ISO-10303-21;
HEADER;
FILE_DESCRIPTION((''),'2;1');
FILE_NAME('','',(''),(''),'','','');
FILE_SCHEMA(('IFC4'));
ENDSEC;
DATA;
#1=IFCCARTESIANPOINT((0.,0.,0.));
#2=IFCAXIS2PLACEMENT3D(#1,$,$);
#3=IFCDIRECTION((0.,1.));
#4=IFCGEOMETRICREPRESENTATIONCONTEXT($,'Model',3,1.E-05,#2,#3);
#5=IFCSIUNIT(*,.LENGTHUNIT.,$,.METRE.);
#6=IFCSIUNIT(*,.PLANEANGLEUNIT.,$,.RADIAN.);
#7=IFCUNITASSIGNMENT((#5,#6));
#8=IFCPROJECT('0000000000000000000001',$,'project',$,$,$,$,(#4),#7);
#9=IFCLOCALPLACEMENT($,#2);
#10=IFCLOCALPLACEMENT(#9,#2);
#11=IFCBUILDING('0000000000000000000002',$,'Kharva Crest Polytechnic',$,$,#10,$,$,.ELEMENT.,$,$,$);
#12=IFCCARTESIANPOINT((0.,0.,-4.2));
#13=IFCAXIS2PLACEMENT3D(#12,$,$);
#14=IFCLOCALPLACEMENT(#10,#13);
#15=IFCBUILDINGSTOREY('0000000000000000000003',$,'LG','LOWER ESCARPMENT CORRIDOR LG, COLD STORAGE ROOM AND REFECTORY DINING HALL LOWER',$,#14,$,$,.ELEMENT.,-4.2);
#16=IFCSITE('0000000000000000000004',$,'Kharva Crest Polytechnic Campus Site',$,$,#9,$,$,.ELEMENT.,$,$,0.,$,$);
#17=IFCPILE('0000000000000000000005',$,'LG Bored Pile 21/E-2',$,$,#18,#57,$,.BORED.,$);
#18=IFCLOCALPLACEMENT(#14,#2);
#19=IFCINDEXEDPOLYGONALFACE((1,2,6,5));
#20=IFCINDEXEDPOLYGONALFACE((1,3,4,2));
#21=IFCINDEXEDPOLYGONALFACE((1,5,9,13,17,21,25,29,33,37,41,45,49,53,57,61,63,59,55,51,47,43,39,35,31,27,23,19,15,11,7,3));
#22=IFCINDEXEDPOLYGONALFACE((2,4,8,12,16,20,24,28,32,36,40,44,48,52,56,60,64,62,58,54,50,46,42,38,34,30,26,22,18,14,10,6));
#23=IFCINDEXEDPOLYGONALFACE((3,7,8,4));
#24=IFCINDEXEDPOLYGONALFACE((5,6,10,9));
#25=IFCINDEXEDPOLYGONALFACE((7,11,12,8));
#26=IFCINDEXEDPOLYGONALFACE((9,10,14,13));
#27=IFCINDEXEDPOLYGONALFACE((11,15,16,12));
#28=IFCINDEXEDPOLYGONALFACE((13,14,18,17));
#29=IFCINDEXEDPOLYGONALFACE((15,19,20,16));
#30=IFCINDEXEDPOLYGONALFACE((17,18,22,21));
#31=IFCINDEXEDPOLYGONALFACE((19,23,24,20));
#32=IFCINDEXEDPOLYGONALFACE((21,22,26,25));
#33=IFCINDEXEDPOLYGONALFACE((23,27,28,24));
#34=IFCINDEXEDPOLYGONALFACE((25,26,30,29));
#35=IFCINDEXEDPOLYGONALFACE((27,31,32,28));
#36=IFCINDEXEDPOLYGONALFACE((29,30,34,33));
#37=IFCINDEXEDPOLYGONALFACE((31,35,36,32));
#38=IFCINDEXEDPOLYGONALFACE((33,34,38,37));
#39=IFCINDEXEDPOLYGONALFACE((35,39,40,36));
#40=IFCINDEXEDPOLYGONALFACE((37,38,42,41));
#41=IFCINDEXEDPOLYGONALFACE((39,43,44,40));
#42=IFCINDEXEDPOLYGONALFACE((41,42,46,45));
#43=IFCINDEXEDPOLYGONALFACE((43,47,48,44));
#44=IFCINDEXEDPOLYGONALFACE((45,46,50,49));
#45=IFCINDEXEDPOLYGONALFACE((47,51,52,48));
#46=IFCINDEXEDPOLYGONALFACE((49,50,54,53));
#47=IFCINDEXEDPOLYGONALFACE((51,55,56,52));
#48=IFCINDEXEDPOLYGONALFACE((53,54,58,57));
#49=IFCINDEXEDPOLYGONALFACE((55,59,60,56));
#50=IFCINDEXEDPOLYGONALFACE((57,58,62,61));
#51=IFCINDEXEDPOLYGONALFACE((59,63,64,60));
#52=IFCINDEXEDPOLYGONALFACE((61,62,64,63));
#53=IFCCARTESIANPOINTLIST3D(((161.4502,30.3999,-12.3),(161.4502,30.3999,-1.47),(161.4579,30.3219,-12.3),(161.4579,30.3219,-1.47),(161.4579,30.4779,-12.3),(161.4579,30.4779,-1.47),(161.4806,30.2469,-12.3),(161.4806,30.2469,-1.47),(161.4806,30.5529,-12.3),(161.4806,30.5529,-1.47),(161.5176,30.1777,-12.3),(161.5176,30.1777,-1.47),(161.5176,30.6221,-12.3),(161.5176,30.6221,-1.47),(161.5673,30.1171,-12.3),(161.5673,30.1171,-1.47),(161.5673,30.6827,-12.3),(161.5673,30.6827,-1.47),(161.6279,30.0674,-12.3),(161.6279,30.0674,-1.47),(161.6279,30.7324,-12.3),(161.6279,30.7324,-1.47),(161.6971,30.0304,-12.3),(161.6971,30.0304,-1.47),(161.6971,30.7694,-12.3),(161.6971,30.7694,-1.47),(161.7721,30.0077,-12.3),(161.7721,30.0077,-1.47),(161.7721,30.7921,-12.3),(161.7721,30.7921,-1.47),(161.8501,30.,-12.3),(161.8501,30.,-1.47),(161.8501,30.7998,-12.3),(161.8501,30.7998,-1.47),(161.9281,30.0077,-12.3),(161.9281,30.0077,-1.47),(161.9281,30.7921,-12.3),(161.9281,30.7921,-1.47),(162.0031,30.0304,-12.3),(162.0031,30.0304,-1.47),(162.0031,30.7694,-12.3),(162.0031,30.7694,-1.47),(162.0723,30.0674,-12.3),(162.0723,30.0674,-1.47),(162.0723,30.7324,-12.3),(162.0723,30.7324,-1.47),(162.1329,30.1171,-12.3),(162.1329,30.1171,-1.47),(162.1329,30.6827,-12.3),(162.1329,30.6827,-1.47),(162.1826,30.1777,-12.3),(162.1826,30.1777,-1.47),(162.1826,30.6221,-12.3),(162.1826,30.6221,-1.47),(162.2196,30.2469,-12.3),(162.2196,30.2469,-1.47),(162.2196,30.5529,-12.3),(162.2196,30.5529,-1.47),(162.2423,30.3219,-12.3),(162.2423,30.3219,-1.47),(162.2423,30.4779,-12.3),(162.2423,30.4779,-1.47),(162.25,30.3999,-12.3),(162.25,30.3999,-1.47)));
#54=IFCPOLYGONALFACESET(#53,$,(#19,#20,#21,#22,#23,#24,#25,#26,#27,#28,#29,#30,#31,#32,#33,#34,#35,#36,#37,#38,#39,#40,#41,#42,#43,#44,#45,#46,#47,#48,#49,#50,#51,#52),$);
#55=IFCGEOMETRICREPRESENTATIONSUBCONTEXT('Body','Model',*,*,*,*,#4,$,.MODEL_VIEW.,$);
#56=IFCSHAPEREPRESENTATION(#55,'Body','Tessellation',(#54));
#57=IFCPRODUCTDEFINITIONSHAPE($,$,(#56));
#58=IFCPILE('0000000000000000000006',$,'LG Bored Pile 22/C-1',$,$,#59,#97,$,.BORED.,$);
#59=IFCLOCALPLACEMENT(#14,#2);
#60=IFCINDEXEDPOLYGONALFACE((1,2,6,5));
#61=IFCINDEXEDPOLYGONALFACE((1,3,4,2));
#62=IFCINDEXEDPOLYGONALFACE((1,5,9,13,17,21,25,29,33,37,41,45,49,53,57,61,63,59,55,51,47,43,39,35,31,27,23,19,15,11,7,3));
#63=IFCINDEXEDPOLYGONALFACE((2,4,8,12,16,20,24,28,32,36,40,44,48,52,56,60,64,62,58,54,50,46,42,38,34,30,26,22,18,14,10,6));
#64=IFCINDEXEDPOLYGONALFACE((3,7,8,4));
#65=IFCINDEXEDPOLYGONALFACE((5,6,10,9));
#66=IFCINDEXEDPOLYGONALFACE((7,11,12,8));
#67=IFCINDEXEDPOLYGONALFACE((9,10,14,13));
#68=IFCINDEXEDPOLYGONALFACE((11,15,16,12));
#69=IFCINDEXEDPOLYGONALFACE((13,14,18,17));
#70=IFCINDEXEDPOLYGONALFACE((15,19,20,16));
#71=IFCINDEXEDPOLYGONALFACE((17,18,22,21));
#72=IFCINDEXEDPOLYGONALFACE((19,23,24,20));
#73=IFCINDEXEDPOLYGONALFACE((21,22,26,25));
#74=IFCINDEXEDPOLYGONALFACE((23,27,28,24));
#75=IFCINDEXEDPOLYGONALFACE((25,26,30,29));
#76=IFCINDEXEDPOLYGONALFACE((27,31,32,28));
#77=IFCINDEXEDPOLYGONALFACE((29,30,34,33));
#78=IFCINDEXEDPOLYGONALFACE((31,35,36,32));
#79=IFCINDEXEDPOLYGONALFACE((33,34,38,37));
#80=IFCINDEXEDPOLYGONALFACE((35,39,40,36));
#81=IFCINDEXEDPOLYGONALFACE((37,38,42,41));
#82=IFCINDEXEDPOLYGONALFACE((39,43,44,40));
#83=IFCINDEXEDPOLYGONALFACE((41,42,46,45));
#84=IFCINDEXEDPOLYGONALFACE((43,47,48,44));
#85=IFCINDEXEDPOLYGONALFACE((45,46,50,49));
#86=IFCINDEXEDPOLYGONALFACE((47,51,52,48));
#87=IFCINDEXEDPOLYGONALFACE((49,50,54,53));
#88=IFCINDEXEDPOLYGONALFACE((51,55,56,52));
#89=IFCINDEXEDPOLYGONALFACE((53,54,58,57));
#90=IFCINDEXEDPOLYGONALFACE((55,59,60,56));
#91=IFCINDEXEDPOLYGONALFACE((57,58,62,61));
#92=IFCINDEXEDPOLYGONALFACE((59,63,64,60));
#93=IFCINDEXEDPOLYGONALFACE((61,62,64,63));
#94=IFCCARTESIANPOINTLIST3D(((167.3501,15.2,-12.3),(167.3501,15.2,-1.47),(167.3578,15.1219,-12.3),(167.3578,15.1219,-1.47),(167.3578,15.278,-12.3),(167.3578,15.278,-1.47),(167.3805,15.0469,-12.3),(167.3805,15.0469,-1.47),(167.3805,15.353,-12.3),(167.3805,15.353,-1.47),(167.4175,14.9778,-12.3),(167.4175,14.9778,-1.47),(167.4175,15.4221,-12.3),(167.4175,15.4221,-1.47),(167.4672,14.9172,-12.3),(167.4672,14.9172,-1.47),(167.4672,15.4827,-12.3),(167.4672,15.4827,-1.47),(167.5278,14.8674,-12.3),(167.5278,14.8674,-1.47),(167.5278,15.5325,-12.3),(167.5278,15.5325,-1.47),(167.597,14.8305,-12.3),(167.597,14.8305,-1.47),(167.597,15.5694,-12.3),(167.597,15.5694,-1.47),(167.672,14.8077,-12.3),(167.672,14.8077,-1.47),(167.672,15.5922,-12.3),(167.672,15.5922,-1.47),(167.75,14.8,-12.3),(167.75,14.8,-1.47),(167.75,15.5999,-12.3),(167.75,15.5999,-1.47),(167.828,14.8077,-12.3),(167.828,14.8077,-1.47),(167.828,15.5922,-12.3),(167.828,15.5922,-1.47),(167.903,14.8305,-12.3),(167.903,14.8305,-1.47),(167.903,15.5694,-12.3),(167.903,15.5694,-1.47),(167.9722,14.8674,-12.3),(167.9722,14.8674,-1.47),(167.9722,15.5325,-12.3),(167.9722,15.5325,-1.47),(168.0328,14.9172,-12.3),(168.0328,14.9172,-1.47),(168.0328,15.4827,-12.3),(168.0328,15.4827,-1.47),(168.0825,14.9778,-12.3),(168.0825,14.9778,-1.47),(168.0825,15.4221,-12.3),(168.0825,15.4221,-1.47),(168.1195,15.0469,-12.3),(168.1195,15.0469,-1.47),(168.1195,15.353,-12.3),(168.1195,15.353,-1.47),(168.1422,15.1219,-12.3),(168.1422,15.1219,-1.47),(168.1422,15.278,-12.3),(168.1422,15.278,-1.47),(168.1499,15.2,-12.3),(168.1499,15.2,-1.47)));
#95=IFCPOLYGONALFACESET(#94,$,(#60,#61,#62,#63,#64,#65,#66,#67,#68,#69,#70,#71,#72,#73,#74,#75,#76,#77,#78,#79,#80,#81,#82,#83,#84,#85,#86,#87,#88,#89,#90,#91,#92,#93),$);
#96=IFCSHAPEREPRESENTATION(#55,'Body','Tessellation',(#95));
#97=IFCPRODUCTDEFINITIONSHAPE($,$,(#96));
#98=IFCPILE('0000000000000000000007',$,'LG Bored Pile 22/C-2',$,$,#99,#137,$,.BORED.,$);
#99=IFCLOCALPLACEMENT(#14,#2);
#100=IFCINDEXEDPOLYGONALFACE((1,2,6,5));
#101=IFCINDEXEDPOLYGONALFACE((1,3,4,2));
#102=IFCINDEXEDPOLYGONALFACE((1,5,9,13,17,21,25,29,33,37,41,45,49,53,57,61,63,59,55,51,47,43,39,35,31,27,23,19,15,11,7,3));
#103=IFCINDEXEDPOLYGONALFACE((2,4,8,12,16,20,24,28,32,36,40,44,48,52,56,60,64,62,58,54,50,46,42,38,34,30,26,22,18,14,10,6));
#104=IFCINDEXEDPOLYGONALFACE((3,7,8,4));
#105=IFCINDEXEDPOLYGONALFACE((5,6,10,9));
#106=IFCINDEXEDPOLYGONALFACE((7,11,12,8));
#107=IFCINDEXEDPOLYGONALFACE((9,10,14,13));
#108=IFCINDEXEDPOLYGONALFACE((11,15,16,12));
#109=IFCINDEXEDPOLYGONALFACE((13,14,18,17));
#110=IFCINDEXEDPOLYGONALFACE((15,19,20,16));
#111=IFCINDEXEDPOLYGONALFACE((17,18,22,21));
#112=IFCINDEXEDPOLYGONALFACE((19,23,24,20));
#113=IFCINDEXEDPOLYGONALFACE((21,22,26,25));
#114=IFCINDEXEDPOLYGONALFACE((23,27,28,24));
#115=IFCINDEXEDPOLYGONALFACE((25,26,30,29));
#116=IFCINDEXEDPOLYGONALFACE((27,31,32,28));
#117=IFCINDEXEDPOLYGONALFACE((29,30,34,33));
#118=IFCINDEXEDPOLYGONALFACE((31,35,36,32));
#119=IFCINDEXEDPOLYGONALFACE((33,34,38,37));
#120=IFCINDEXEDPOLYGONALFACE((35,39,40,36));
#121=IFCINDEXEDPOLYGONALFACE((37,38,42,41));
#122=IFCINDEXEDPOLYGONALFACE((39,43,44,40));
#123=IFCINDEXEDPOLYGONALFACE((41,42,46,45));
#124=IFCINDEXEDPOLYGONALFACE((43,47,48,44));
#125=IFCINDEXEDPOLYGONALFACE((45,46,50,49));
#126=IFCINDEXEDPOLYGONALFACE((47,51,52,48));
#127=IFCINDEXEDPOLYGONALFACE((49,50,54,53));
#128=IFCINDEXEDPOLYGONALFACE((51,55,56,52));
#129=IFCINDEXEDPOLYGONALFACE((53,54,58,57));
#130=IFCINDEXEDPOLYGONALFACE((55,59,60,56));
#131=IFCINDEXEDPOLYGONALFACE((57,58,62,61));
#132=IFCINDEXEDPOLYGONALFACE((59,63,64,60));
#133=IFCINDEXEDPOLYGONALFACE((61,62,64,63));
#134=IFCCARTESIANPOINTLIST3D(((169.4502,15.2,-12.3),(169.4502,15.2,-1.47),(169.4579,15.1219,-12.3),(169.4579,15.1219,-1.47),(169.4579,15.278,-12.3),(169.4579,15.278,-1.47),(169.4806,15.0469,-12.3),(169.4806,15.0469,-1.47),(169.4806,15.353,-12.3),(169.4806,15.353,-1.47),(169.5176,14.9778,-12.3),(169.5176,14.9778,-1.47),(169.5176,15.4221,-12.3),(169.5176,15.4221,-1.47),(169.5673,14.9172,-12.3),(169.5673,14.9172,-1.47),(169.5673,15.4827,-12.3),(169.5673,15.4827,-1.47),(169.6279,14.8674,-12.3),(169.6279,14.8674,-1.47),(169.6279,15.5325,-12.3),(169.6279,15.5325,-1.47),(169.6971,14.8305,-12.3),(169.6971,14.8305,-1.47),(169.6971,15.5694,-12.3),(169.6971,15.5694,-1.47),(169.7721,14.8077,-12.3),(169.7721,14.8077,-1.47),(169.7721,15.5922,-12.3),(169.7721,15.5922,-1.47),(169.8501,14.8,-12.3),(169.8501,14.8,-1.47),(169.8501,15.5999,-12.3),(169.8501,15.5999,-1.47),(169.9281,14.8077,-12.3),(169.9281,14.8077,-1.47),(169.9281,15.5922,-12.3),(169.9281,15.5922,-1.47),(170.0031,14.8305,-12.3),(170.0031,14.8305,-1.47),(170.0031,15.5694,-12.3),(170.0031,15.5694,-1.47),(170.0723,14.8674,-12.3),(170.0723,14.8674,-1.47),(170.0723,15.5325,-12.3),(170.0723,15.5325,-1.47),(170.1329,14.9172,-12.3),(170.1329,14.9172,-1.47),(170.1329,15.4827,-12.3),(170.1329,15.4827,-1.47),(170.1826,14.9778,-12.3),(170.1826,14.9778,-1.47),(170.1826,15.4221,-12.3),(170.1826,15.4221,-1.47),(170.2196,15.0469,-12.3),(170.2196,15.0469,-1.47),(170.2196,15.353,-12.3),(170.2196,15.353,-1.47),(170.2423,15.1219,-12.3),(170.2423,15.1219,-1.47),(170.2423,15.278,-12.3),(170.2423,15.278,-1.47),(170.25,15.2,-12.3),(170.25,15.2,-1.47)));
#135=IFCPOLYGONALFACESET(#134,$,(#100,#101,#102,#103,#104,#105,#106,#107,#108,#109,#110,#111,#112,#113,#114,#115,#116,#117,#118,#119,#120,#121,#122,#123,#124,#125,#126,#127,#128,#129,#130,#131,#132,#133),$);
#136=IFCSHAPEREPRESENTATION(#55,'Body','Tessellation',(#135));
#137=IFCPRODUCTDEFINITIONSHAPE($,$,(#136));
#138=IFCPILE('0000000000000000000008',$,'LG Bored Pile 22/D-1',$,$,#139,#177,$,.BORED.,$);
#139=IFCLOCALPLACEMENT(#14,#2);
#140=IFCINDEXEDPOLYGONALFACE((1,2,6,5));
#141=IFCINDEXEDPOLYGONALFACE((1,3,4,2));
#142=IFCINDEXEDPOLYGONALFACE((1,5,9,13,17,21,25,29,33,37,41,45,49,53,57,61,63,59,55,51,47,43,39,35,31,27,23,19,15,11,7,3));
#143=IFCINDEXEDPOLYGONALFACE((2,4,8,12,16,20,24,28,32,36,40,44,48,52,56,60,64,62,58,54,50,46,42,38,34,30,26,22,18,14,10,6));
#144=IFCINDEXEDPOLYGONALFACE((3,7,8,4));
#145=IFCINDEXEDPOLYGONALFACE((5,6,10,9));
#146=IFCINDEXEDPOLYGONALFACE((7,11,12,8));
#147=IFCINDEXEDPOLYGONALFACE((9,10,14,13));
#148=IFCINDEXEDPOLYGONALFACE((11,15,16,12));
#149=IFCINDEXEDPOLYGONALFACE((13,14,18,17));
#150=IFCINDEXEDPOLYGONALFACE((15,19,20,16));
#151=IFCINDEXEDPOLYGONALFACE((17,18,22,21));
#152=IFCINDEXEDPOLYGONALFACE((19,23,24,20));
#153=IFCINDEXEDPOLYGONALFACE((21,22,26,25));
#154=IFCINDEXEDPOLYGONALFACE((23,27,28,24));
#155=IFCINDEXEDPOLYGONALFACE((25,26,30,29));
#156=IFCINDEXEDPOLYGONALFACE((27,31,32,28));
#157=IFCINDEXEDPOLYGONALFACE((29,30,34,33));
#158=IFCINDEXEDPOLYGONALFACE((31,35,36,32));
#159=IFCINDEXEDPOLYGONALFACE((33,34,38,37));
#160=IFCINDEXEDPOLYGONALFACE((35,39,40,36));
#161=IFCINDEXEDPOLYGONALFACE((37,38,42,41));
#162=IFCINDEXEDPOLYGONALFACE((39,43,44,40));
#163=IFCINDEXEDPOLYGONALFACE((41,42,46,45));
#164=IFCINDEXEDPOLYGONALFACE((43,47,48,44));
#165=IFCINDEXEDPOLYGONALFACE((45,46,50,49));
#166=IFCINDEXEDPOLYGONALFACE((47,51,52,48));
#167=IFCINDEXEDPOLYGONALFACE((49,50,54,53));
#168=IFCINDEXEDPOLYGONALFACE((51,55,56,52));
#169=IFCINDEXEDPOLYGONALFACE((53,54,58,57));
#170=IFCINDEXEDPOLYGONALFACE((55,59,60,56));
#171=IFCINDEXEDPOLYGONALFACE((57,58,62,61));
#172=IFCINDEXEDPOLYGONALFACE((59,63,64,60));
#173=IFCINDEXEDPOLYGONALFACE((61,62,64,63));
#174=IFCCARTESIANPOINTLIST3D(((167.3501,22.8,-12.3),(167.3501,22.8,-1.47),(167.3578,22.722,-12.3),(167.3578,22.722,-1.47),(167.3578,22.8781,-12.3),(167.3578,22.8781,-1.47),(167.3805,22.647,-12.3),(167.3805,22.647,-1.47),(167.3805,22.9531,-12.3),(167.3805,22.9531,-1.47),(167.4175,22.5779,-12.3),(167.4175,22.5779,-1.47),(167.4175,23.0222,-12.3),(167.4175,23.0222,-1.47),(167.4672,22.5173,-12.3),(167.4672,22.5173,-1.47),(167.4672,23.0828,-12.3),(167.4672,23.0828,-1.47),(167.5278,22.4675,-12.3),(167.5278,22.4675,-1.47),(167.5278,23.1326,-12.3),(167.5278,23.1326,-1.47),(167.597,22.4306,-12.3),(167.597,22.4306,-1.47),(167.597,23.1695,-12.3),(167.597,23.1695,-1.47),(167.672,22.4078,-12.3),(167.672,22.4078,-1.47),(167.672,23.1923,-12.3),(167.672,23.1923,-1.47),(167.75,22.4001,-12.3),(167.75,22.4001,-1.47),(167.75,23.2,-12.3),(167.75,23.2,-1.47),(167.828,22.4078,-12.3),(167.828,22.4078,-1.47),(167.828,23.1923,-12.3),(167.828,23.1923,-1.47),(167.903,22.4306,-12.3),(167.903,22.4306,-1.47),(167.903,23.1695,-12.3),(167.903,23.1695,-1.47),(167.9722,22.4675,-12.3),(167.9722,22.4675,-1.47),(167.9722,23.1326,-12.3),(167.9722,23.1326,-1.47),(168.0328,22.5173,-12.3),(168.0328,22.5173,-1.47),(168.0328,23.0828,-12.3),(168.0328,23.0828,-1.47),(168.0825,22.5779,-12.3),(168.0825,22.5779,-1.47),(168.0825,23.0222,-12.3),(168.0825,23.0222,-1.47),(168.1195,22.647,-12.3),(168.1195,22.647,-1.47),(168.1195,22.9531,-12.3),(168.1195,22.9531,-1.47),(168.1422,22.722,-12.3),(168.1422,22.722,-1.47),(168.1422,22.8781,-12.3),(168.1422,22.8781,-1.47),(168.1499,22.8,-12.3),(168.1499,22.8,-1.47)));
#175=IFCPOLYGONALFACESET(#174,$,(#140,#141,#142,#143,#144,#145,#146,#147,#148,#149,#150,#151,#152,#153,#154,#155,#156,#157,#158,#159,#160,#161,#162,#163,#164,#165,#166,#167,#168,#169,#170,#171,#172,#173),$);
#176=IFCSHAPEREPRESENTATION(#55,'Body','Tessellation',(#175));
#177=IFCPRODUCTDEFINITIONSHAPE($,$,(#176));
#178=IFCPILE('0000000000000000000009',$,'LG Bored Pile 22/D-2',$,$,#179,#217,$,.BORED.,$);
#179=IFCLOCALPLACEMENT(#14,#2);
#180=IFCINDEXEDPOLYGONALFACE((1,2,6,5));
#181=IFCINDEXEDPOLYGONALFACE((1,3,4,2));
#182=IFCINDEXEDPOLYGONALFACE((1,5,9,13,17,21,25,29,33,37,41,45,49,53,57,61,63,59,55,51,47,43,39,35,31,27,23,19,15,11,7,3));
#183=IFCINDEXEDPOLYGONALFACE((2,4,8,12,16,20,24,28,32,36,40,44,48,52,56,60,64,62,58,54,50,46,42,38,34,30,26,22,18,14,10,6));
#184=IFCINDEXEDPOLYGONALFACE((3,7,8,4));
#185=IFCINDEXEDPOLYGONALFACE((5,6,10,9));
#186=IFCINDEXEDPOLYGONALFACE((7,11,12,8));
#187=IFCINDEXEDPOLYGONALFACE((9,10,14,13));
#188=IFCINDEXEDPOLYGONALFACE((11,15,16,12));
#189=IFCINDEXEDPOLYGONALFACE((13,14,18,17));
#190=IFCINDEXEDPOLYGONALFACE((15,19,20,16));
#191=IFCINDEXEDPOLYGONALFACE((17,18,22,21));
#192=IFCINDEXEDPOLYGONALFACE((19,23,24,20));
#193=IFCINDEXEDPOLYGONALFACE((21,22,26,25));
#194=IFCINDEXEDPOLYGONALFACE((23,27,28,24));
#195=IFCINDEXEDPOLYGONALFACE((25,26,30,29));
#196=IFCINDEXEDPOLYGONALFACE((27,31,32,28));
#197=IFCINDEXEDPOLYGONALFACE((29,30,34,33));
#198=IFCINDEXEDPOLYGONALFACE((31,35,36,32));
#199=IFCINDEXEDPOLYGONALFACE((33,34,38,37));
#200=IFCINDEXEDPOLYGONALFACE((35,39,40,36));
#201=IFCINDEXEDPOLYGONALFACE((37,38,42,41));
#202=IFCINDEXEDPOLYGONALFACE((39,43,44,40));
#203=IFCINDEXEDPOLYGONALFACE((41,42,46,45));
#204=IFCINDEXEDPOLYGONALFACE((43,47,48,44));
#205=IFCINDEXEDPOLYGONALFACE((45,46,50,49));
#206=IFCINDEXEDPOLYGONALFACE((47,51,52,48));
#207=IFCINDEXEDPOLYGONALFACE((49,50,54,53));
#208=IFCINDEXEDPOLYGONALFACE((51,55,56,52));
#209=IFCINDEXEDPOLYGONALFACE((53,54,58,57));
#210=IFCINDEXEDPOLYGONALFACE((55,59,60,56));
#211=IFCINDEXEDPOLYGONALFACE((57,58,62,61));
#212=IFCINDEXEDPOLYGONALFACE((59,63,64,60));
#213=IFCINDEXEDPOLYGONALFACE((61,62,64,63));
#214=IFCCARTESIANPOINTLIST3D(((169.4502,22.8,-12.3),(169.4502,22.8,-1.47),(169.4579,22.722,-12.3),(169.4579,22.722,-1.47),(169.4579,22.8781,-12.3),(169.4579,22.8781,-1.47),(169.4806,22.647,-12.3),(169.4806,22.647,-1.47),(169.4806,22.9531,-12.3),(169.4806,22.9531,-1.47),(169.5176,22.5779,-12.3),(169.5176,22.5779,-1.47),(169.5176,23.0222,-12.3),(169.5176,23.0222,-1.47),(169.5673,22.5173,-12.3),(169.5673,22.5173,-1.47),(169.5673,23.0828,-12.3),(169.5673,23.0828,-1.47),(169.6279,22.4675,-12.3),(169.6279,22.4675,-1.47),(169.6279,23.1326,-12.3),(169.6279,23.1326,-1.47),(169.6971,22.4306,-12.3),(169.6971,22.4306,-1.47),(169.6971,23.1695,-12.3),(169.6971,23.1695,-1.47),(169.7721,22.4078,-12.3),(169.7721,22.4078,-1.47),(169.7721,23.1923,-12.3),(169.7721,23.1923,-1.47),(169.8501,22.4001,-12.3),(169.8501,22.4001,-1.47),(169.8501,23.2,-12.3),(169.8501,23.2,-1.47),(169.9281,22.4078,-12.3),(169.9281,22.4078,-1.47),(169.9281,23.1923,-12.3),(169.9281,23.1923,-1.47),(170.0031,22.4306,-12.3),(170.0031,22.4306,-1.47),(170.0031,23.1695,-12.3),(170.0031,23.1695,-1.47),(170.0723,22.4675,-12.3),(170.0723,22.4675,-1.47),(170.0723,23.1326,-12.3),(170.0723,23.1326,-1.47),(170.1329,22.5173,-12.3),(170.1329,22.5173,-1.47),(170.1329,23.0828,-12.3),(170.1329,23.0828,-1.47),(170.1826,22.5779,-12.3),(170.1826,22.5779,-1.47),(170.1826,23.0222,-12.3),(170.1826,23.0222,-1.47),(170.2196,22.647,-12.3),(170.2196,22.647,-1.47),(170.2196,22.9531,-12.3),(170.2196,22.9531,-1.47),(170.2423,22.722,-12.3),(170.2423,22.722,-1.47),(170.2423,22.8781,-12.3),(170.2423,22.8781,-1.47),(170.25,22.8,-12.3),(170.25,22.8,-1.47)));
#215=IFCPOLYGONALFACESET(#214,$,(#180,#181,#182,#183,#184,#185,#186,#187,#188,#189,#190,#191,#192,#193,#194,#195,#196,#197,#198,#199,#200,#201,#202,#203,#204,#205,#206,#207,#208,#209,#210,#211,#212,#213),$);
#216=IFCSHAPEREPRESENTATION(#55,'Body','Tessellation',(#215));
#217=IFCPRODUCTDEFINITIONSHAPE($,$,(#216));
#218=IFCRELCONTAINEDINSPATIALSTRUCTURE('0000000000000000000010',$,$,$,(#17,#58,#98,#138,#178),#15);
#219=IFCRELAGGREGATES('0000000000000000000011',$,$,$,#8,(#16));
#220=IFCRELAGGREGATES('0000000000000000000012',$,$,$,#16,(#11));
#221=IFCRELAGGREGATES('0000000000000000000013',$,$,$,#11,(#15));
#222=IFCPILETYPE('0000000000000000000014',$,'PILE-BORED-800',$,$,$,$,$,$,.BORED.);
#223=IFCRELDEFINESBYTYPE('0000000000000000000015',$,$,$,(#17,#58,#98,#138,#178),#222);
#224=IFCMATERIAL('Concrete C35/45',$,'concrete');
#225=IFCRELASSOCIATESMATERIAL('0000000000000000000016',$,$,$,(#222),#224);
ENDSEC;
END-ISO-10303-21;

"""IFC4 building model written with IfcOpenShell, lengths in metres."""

from ifc_helpers import new_model, si_unit, direction, frame, origin, origin_2d, place, context, subcontext, project, spatial, circle, extrude, material, material_profile, profile_set, type_object, element, save


model = new_model("IFC4")

# Units and contexts
model_context = context("Model", 3, precision=1e-05, world=origin(), true_north=direction((0.0, 1.0)))
body_context = subcontext(model_context, "Body", "Model", "MODEL_VIEW")
ifc_project = project(units=[si_unit("LENGTHUNIT", "METRE"), si_unit("PLANEANGLEUNIT", "RADIAN")], contexts=[model_context])

# Site, building, storey
site_placement = place(None, origin())
site = spatial("IfcSite", under=ifc_project, at=site_placement, Name="Kharva Crest Polytechnic Campus Site", CompositionType="ELEMENT", RefElevation=0.0)
building_placement = place(site_placement, origin())
building = spatial("IfcBuilding", under=site, at=building_placement, Name="Kharva Crest Polytechnic", CompositionType="ELEMENT")
storey_placement = place(building_placement, frame((0.0, 0.0, -4.2)))
storey = spatial("IfcBuildingStorey", under=building, at=storey_placement, Name="LG", Description="LOWER ESCARPMENT CORRIDOR LG, COLD STORAGE ROOM AND REFECTORY DINING HALL LOWER", CompositionType="ELEMENT", Elevation=-4.2)

# Shared definitions
ifc_material_1 = material(Name="Concrete C35/45", Category="concrete")

# Piles
ifc_material_profile_1 = material_profile(ifc_material_1, circle(Radius=0.3999, at=origin_2d()), Name="DIA 800")
ifc_profile_set_1 = profile_set([ifc_material_profile_1], Name="Concrete C35/45")
pile_type = type_object("IfcPileType", Name="PILE-BORED-800", PredefinedType="BORED", material=ifc_profile_set_1)
for number, where, z_axis, x_axis, name in (
    (1, (161.8501, 30.3999, -1.47), (0.0, 0.0, -1.0), (1.0, 0.0, 0.0), "LG Bored Pile 21/E-2"),
    (2, (167.75, 15.2, -1.47), (0.0, 0.0, -1.0), (1.0, 0.0, 0.0), "LG Bored Pile 22/C-1"),
    (3, (169.8501, 15.2, -1.47), (0.0, 0.0, -1.0), (1.0, 0.0, 0.0), "LG Bored Pile 22/C-2"),
    (4, (167.75, 22.8, -1.47), (0.0, 0.0, -1.0), (1.0, 0.0, 0.0), "LG Bored Pile 22/D-1"),
    (5, (169.8501, 22.8, -1.47), (0.0, 0.0, -1.0), (1.0, 0.0, 0.0), "LG Bored Pile 22/D-2"),
):
    element("IfcPile", number, at=place(storey_placement, frame(where, z_axis=z_axis, x_axis=x_axis)), inside=storey, type_object=pile_type, Name=name, PredefinedType="BORED", context=body_context, shape_type="SweptSolid", body=[
        extrude(circle(Radius=0.3999, at=origin_2d()), origin(), (0.0, 0.0, 1.0), 10.8301),
    ])

save(model, "model.ifc")
